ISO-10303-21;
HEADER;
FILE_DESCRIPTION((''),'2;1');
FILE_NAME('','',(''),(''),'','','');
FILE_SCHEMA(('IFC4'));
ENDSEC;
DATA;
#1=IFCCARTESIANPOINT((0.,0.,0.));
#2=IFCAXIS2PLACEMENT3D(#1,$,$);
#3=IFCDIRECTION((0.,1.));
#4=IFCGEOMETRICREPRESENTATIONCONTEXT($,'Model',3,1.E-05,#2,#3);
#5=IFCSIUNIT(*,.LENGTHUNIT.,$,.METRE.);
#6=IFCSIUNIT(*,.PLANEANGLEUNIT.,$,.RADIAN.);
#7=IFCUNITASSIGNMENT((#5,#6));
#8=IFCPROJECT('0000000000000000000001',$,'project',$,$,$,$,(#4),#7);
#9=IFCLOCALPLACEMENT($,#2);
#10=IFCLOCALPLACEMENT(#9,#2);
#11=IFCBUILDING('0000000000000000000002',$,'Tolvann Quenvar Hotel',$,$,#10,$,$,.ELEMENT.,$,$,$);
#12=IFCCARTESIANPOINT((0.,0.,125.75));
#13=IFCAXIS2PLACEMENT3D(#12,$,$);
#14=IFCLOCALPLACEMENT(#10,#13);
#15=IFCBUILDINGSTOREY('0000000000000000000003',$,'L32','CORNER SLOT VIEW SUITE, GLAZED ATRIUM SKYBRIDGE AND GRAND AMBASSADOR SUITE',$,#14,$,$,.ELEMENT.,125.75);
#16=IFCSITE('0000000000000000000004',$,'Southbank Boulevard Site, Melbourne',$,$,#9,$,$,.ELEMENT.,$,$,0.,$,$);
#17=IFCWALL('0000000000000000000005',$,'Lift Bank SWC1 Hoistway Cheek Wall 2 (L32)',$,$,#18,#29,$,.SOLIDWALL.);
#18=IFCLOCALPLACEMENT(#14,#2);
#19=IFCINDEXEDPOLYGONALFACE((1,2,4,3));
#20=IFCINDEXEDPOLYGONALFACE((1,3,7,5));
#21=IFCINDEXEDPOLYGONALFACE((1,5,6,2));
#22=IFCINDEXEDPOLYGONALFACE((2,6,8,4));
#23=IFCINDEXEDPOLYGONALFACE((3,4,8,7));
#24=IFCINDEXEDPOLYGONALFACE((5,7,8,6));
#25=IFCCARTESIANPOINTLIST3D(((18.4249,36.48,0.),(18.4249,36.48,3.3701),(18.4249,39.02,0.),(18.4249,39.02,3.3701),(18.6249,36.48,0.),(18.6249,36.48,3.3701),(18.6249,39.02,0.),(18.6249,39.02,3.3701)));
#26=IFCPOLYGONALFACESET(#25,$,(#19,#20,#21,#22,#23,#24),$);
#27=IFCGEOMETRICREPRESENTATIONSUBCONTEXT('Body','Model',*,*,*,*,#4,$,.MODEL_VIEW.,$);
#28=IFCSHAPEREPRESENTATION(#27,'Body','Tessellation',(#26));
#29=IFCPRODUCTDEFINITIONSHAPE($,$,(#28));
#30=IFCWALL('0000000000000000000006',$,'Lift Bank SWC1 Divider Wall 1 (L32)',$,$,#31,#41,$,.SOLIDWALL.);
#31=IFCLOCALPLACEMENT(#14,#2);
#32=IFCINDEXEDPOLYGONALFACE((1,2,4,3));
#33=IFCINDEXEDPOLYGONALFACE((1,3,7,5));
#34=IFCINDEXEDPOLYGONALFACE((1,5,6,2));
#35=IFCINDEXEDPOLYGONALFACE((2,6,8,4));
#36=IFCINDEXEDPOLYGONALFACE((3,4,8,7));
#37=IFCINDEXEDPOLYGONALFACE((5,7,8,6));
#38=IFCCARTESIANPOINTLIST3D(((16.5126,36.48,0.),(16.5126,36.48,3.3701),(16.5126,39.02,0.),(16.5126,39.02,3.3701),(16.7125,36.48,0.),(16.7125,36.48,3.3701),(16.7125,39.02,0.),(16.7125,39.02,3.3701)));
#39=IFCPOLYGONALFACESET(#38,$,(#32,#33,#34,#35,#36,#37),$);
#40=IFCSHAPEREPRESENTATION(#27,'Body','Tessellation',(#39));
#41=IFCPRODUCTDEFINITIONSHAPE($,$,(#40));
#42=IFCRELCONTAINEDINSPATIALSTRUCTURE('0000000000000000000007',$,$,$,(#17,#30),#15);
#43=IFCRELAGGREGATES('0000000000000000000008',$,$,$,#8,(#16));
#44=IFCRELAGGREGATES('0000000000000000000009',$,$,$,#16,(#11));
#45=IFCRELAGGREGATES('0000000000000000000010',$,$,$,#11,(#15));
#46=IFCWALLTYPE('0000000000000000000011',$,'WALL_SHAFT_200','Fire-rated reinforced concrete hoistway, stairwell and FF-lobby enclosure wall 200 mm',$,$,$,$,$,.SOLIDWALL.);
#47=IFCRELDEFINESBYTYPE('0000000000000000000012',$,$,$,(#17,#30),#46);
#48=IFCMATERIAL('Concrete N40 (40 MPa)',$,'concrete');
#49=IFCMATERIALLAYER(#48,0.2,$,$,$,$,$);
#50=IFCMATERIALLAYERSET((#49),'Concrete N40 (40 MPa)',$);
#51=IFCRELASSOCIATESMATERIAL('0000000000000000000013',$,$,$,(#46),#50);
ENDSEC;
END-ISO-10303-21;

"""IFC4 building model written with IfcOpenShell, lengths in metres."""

from ifc_helpers import new_model, si_unit, direction, frame, frame_2d, origin, place, context, subcontext, project, spatial, rectangle, extrude, material, layer, layer_set, type_object, element, save


model = new_model("IFC4")

# Units and contexts
model_context = context("Model", 3, precision=1e-05, world=origin(), true_north=direction((0.0, 1.0)))
body_context = subcontext(model_context, "Body", "Model", "MODEL_VIEW")
ifc_project = project(units=[si_unit("LENGTHUNIT", "METRE"), si_unit("PLANEANGLEUNIT", "RADIAN")], contexts=[model_context])

# Site, building, storey
site_placement = place(None, origin())
site = spatial("IfcSite", under=ifc_project, at=site_placement, Name="Southbank Boulevard Site, Melbourne", CompositionType="ELEMENT", RefElevation=0.0)
building_placement = place(site_placement, origin())
building = spatial("IfcBuilding", under=site, at=building_placement, Name="Tolvann Quenvar Hotel", CompositionType="ELEMENT")
storey_placement = place(building_placement, frame((0.0, 0.0, 125.75)))
storey = spatial("IfcBuildingStorey", under=building, at=storey_placement, Name="L32", Description="CORNER SLOT VIEW SUITE, GLAZED ATRIUM SKYBRIDGE AND GRAND AMBASSADOR SUITE", CompositionType="ELEMENT", Elevation=125.75)

# Shared definitions
ifc_material_1 = material(Name="Concrete N40 (40 MPa)", Category="concrete")
ifc_layer_1 = layer(ifc_material_1, 0.2)
ifc_layer_set_1 = layer_set([ifc_layer_1], Name="Concrete N40 (40 MPa)")
wall_type_1 = type_object("IfcWallType", Name="WALL_SHAFT_200", Description="Fire-rated reinforced concrete hoistway, stairwell and FF-lobby enclosure wall 200 mm", PredefinedType="SOLIDWALL", material=ifc_layer_set_1)

# Walls
for number, where, z_axis, x_axis, name in (
    (1, (18.5249, 36.48, 0.0), (0.0, 0.0, 1.0), (0.0, 1.0, 0.0), "Lift Bank SWC1 Hoistway Cheek Wall 2 (L32)"),
    (2, (16.6125, 36.48, 0.0), (0.0, 0.0, 1.0), (0.0, 1.0, 0.0), "Lift Bank SWC1 Divider Wall 1 (L32)"),
):
    element("IfcWall", number, at=place(storey_placement, frame(where, z_axis=z_axis, x_axis=x_axis)), inside=storey, type_object=wall_type_1, Name=name, PredefinedType="SOLIDWALL", context=body_context, shape_type="SweptSolid", body=[
        extrude(rectangle(XDim=2.54, YDim=0.2, at=frame_2d((1.27, 0.0))), origin(), (0.0, 0.0, 1.0), 3.3701),
    ])

save(model, "model.ifc")
